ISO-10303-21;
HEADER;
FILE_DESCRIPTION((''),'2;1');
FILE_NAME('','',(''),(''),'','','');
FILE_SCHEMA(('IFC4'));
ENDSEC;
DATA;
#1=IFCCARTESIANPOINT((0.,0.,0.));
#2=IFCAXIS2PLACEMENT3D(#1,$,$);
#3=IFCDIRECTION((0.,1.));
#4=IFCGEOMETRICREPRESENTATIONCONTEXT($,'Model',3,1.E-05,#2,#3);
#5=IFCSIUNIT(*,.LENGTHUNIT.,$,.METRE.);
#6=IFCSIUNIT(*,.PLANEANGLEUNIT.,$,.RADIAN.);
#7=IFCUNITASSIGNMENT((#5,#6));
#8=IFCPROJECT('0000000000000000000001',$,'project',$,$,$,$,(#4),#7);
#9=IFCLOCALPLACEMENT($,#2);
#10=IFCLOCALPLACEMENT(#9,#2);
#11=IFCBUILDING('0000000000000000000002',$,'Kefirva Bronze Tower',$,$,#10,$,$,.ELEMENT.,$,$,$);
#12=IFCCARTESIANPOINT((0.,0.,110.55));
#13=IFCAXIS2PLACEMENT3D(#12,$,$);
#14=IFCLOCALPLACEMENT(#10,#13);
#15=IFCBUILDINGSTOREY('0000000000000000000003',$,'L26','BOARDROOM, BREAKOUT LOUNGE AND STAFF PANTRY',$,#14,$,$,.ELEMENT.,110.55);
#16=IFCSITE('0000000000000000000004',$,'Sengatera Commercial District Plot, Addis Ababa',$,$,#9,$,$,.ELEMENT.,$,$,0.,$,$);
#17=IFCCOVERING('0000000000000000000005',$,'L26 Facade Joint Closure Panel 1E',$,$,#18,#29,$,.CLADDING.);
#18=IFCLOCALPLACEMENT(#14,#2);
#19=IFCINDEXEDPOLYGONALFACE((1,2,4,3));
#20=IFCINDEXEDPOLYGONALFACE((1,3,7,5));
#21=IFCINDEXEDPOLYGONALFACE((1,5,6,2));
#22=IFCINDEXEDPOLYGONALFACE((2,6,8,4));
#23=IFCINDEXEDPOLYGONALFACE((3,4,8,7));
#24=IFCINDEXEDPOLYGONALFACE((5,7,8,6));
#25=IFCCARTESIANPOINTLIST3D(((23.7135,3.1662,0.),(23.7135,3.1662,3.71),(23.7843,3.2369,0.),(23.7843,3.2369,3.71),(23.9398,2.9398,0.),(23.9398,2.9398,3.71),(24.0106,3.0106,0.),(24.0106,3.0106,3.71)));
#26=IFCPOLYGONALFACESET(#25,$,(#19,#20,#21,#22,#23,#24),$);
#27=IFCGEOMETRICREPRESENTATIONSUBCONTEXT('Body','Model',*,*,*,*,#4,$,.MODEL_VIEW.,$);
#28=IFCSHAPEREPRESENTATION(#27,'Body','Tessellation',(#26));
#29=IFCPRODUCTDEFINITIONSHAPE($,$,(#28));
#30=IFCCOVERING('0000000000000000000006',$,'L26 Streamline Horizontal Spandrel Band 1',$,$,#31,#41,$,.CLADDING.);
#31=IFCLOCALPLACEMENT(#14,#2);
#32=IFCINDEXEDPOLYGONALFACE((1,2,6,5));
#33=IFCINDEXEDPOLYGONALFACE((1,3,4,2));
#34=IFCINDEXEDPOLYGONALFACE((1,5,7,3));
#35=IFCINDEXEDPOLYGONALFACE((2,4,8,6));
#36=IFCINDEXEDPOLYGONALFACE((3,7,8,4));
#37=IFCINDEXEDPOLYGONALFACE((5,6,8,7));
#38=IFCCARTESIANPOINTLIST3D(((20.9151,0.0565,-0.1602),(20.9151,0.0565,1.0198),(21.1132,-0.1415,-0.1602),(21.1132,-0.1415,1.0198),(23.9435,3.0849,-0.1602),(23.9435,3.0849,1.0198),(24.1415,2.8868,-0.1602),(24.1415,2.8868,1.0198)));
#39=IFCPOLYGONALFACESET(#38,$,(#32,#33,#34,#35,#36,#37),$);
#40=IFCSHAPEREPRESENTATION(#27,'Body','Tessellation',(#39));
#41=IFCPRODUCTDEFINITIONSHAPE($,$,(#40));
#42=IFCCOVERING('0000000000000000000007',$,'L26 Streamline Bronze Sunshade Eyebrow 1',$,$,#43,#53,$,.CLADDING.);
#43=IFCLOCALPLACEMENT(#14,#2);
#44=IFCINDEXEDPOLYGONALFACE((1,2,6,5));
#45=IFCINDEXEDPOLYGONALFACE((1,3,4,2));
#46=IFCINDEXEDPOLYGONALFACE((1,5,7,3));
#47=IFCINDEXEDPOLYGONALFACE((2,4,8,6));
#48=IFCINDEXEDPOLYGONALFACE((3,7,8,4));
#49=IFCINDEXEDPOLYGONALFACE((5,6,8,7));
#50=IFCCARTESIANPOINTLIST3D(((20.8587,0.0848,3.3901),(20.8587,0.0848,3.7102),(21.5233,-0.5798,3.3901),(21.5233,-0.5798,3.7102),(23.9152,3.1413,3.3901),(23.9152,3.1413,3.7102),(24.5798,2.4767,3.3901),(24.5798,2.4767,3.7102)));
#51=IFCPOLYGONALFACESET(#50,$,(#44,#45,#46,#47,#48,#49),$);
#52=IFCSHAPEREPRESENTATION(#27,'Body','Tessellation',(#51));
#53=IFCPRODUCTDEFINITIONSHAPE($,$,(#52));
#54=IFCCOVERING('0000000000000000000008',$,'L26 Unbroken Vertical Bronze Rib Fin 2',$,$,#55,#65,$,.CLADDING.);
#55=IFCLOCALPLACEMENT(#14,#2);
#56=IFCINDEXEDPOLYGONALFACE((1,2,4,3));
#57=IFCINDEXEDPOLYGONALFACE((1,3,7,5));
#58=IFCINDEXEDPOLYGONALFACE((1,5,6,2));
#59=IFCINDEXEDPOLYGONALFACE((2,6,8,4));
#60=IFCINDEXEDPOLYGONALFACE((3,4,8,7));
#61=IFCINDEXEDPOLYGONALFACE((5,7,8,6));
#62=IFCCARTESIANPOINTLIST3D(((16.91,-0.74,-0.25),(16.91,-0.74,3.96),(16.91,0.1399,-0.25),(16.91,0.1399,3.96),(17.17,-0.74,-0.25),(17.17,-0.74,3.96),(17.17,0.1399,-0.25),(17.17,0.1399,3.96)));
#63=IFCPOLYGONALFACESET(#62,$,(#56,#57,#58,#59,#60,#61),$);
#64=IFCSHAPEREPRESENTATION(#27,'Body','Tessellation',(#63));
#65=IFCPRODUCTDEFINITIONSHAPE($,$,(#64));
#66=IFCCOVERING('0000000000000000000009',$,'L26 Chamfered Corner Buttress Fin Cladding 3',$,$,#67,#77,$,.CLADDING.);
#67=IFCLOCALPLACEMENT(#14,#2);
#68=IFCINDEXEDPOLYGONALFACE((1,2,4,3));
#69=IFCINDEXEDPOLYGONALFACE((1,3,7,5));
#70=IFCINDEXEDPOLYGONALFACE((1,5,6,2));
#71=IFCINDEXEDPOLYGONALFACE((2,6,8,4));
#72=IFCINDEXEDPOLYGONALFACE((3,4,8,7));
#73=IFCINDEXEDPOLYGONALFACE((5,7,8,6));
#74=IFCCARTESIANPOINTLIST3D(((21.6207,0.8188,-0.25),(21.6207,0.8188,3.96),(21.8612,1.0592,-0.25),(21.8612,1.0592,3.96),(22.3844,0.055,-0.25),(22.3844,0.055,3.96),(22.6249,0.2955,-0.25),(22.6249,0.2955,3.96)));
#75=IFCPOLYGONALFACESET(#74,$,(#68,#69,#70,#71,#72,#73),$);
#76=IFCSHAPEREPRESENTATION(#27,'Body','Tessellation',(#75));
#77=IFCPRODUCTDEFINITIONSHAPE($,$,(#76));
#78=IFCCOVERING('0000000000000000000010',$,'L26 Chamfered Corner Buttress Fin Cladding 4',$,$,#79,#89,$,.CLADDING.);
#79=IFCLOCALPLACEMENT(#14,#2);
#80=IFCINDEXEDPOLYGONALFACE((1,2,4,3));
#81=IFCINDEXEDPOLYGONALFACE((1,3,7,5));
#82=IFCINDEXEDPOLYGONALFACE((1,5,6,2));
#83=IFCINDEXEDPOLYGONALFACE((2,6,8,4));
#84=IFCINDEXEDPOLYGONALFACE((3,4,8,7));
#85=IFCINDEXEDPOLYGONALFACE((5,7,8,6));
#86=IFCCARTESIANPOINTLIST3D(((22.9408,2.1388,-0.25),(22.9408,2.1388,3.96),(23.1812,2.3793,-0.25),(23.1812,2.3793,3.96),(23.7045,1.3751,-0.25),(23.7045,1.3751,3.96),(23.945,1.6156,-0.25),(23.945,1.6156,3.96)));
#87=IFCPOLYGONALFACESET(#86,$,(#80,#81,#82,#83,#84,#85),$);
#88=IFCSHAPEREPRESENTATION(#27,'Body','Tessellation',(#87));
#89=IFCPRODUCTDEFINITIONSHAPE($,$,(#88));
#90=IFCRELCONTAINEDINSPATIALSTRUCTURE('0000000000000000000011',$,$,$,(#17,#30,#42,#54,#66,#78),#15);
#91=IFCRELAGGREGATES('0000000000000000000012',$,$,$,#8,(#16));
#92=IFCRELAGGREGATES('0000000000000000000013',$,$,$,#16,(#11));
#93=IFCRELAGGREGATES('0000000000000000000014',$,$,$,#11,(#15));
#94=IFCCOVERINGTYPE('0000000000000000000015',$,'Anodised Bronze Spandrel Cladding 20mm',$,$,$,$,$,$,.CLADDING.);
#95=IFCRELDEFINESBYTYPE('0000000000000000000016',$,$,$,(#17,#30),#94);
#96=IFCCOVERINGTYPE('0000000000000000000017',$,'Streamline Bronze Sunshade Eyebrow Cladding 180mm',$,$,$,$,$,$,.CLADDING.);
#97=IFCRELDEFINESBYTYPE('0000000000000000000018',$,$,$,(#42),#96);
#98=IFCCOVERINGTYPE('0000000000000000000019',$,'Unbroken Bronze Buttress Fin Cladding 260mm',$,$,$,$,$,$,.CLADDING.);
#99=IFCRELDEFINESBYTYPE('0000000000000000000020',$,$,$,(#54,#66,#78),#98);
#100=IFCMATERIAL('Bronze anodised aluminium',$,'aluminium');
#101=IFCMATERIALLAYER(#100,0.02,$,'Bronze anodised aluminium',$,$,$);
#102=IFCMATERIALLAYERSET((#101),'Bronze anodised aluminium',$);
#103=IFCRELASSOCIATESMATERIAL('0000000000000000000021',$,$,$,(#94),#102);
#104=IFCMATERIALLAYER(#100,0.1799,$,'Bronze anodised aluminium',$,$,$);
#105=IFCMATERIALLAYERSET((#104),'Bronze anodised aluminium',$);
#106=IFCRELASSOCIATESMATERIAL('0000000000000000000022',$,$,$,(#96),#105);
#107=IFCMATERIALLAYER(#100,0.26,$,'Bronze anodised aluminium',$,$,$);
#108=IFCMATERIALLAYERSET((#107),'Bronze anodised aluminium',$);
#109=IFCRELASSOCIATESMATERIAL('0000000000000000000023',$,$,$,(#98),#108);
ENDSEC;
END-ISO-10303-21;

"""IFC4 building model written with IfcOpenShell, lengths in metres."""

from ifc_helpers import new_model, si_unit, direction, frame, origin, origin_2d, place, context, subcontext, project, spatial, rectangle, extrude, material, layer, layer_set, type_object, element, save


model = new_model("IFC4")

# Units and contexts
model_context = context("Model", 3, precision=1e-05, world=origin(), true_north=direction((0.0, 1.0)))
body_context = subcontext(model_context, "Body", "Model", "MODEL_VIEW")
ifc_project = project(units=[si_unit("LENGTHUNIT", "METRE"), si_unit("PLANEANGLEUNIT", "RADIAN")], contexts=[model_context])

# Site, building, storey
site_placement = place(None, origin())
site = spatial("IfcSite", under=ifc_project, at=site_placement, Name="Sengatera Commercial District Plot, Addis Ababa", CompositionType="ELEMENT", RefElevation=0.0)
building_placement = place(site_placement, origin())
building = spatial("IfcBuilding", under=site, at=building_placement, Name="Kefirva Bronze Tower", CompositionType="ELEMENT")
storey_placement = place(building_placement, frame((0.0, 0.0, 110.55)))
storey = spatial("IfcBuildingStorey", under=building, at=storey_placement, Name="L26", Description="BOARDROOM, BREAKOUT LOUNGE AND STAFF PANTRY", CompositionType="ELEMENT", Elevation=110.55)

# Shared definitions
ifc_material_1 = material(Name="Bronze anodised aluminium", Category="aluminium")

# Coverings
ifc_layer_1 = layer(ifc_material_1, 0.02, Name="Bronze anodised aluminium")
ifc_layer_set_1 = layer_set([ifc_layer_1], Name="Bronze anodised aluminium")
covering_type_1 = type_object("IfcCoveringType", Name="Anodised Bronze Spandrel Cladding 20mm", PredefinedType="CLADDING", material=ifc_layer_set_1)
for number, where, z_axis, x_axis, name in (
    (1, (23.8621, 3.0884, 0.0), (0.0, 0.0, 1.0), (0.707107, 0.707107, 0.0), "L26 Facade Joint Closure Panel 1E"),
):
    element("IfcCovering", number, at=place(storey_placement, frame(where, z_axis=z_axis, x_axis=x_axis)), inside=storey, type_object=covering_type_1, Name=name, PredefinedType="CLADDING", context=body_context, shape_type="SweptSolid", body=[
        extrude(rectangle(XDim=0.1001, YDim=0.3201, at=origin_2d()), origin(), (0.0, 0.0, 1.0), 3.71),
    ])
covering_1_placement = place(storey_placement, frame((22.5283, 1.4717, -0.1602), z_axis=(0.0, 0.0, 1.0), x_axis=(0.707107, 0.707107, 0.0)))
element("IfcCovering", 2, at=covering_1_placement, inside=storey, type_object=covering_type_1, Name="L26 Streamline Horizontal Spandrel Band 1", PredefinedType="CLADDING", context=body_context, shape_type="SweptSolid", body=[
    extrude(rectangle(XDim=4.2827, YDim=0.28, at=origin_2d()), origin(), (0.0, 0.0, 1.0), 1.1799),
])
ifc_layer_2 = layer(ifc_material_1, 0.1799, Name="Bronze anodised aluminium")
ifc_layer_set_2 = layer_set([ifc_layer_2], Name="Bronze anodised aluminium")
covering_type_2 = type_object("IfcCoveringType", Name="Streamline Bronze Sunshade Eyebrow Cladding 180mm", PredefinedType="CLADDING", material=ifc_layer_set_2)
covering_2_placement = place(storey_placement, frame((22.7192, 1.2808, 3.3901), z_axis=(0.0, 0.0, 1.0), x_axis=(0.707107, 0.707107, 0.0)))
element("IfcCovering", 3, at=covering_2_placement, inside=storey, type_object=covering_type_2, Name="L26 Streamline Bronze Sunshade Eyebrow 1", PredefinedType="CLADDING", context=body_context, shape_type="SweptSolid", body=[
    extrude(rectangle(XDim=4.3225, YDim=0.9399, at=origin_2d()), origin(), (0.0, 0.0, 1.0), 0.3201),
])
ifc_layer_3 = layer(ifc_material_1, 0.26, Name="Bronze anodised aluminium")
ifc_layer_set_3 = layer_set([ifc_layer_3], Name="Bronze anodised aluminium")
covering_type_3 = type_object("IfcCoveringType", Name="Unbroken Bronze Buttress Fin Cladding 260mm", PredefinedType="CLADDING", material=ifc_layer_set_3)
covering_3_placement = place(storey_placement, frame((17.04, -0.3, -0.25), z_axis=(0.0, 0.0, 1.0), x_axis=(1.0, 0.0, 0.0)))
element("IfcCovering", 4, at=covering_3_placement, inside=storey, type_object=covering_type_3, Name="L26 Unbroken Vertical Bronze Rib Fin 2", PredefinedType="CLADDING", context=body_context, shape_type="SweptSolid", body=[
    extrude(rectangle(XDim=0.26, YDim=0.8799, at=origin_2d()), origin(), (0.0, 0.0, 1.0), 4.21),
])
for number, where, z_axis, x_axis, name in (
    (5, (22.1228, 0.5571, -0.25), (0.0, 0.0, 1.0), (0.707107, 0.707107, 0.0), "L26 Chamfered Corner Buttress Fin Cladding 3"),
    (6, (23.4429, 1.8772, -0.25), (0.0, 0.0, 1.0), (0.707107, 0.707107, 0.0), "L26 Chamfered Corner Buttress Fin Cladding 4"),
):
    element("IfcCovering", number, at=place(storey_placement, frame(where, z_axis=z_axis, x_axis=x_axis)), inside=storey, type_object=covering_type_3, Name=name, PredefinedType="CLADDING", context=body_context, shape_type="SweptSolid", body=[
        extrude(rectangle(XDim=0.3401, YDim=1.0801, at=origin_2d()), origin(), (0.0, 0.0, 1.0), 4.21),
    ])

save(model, "model.ifc")
